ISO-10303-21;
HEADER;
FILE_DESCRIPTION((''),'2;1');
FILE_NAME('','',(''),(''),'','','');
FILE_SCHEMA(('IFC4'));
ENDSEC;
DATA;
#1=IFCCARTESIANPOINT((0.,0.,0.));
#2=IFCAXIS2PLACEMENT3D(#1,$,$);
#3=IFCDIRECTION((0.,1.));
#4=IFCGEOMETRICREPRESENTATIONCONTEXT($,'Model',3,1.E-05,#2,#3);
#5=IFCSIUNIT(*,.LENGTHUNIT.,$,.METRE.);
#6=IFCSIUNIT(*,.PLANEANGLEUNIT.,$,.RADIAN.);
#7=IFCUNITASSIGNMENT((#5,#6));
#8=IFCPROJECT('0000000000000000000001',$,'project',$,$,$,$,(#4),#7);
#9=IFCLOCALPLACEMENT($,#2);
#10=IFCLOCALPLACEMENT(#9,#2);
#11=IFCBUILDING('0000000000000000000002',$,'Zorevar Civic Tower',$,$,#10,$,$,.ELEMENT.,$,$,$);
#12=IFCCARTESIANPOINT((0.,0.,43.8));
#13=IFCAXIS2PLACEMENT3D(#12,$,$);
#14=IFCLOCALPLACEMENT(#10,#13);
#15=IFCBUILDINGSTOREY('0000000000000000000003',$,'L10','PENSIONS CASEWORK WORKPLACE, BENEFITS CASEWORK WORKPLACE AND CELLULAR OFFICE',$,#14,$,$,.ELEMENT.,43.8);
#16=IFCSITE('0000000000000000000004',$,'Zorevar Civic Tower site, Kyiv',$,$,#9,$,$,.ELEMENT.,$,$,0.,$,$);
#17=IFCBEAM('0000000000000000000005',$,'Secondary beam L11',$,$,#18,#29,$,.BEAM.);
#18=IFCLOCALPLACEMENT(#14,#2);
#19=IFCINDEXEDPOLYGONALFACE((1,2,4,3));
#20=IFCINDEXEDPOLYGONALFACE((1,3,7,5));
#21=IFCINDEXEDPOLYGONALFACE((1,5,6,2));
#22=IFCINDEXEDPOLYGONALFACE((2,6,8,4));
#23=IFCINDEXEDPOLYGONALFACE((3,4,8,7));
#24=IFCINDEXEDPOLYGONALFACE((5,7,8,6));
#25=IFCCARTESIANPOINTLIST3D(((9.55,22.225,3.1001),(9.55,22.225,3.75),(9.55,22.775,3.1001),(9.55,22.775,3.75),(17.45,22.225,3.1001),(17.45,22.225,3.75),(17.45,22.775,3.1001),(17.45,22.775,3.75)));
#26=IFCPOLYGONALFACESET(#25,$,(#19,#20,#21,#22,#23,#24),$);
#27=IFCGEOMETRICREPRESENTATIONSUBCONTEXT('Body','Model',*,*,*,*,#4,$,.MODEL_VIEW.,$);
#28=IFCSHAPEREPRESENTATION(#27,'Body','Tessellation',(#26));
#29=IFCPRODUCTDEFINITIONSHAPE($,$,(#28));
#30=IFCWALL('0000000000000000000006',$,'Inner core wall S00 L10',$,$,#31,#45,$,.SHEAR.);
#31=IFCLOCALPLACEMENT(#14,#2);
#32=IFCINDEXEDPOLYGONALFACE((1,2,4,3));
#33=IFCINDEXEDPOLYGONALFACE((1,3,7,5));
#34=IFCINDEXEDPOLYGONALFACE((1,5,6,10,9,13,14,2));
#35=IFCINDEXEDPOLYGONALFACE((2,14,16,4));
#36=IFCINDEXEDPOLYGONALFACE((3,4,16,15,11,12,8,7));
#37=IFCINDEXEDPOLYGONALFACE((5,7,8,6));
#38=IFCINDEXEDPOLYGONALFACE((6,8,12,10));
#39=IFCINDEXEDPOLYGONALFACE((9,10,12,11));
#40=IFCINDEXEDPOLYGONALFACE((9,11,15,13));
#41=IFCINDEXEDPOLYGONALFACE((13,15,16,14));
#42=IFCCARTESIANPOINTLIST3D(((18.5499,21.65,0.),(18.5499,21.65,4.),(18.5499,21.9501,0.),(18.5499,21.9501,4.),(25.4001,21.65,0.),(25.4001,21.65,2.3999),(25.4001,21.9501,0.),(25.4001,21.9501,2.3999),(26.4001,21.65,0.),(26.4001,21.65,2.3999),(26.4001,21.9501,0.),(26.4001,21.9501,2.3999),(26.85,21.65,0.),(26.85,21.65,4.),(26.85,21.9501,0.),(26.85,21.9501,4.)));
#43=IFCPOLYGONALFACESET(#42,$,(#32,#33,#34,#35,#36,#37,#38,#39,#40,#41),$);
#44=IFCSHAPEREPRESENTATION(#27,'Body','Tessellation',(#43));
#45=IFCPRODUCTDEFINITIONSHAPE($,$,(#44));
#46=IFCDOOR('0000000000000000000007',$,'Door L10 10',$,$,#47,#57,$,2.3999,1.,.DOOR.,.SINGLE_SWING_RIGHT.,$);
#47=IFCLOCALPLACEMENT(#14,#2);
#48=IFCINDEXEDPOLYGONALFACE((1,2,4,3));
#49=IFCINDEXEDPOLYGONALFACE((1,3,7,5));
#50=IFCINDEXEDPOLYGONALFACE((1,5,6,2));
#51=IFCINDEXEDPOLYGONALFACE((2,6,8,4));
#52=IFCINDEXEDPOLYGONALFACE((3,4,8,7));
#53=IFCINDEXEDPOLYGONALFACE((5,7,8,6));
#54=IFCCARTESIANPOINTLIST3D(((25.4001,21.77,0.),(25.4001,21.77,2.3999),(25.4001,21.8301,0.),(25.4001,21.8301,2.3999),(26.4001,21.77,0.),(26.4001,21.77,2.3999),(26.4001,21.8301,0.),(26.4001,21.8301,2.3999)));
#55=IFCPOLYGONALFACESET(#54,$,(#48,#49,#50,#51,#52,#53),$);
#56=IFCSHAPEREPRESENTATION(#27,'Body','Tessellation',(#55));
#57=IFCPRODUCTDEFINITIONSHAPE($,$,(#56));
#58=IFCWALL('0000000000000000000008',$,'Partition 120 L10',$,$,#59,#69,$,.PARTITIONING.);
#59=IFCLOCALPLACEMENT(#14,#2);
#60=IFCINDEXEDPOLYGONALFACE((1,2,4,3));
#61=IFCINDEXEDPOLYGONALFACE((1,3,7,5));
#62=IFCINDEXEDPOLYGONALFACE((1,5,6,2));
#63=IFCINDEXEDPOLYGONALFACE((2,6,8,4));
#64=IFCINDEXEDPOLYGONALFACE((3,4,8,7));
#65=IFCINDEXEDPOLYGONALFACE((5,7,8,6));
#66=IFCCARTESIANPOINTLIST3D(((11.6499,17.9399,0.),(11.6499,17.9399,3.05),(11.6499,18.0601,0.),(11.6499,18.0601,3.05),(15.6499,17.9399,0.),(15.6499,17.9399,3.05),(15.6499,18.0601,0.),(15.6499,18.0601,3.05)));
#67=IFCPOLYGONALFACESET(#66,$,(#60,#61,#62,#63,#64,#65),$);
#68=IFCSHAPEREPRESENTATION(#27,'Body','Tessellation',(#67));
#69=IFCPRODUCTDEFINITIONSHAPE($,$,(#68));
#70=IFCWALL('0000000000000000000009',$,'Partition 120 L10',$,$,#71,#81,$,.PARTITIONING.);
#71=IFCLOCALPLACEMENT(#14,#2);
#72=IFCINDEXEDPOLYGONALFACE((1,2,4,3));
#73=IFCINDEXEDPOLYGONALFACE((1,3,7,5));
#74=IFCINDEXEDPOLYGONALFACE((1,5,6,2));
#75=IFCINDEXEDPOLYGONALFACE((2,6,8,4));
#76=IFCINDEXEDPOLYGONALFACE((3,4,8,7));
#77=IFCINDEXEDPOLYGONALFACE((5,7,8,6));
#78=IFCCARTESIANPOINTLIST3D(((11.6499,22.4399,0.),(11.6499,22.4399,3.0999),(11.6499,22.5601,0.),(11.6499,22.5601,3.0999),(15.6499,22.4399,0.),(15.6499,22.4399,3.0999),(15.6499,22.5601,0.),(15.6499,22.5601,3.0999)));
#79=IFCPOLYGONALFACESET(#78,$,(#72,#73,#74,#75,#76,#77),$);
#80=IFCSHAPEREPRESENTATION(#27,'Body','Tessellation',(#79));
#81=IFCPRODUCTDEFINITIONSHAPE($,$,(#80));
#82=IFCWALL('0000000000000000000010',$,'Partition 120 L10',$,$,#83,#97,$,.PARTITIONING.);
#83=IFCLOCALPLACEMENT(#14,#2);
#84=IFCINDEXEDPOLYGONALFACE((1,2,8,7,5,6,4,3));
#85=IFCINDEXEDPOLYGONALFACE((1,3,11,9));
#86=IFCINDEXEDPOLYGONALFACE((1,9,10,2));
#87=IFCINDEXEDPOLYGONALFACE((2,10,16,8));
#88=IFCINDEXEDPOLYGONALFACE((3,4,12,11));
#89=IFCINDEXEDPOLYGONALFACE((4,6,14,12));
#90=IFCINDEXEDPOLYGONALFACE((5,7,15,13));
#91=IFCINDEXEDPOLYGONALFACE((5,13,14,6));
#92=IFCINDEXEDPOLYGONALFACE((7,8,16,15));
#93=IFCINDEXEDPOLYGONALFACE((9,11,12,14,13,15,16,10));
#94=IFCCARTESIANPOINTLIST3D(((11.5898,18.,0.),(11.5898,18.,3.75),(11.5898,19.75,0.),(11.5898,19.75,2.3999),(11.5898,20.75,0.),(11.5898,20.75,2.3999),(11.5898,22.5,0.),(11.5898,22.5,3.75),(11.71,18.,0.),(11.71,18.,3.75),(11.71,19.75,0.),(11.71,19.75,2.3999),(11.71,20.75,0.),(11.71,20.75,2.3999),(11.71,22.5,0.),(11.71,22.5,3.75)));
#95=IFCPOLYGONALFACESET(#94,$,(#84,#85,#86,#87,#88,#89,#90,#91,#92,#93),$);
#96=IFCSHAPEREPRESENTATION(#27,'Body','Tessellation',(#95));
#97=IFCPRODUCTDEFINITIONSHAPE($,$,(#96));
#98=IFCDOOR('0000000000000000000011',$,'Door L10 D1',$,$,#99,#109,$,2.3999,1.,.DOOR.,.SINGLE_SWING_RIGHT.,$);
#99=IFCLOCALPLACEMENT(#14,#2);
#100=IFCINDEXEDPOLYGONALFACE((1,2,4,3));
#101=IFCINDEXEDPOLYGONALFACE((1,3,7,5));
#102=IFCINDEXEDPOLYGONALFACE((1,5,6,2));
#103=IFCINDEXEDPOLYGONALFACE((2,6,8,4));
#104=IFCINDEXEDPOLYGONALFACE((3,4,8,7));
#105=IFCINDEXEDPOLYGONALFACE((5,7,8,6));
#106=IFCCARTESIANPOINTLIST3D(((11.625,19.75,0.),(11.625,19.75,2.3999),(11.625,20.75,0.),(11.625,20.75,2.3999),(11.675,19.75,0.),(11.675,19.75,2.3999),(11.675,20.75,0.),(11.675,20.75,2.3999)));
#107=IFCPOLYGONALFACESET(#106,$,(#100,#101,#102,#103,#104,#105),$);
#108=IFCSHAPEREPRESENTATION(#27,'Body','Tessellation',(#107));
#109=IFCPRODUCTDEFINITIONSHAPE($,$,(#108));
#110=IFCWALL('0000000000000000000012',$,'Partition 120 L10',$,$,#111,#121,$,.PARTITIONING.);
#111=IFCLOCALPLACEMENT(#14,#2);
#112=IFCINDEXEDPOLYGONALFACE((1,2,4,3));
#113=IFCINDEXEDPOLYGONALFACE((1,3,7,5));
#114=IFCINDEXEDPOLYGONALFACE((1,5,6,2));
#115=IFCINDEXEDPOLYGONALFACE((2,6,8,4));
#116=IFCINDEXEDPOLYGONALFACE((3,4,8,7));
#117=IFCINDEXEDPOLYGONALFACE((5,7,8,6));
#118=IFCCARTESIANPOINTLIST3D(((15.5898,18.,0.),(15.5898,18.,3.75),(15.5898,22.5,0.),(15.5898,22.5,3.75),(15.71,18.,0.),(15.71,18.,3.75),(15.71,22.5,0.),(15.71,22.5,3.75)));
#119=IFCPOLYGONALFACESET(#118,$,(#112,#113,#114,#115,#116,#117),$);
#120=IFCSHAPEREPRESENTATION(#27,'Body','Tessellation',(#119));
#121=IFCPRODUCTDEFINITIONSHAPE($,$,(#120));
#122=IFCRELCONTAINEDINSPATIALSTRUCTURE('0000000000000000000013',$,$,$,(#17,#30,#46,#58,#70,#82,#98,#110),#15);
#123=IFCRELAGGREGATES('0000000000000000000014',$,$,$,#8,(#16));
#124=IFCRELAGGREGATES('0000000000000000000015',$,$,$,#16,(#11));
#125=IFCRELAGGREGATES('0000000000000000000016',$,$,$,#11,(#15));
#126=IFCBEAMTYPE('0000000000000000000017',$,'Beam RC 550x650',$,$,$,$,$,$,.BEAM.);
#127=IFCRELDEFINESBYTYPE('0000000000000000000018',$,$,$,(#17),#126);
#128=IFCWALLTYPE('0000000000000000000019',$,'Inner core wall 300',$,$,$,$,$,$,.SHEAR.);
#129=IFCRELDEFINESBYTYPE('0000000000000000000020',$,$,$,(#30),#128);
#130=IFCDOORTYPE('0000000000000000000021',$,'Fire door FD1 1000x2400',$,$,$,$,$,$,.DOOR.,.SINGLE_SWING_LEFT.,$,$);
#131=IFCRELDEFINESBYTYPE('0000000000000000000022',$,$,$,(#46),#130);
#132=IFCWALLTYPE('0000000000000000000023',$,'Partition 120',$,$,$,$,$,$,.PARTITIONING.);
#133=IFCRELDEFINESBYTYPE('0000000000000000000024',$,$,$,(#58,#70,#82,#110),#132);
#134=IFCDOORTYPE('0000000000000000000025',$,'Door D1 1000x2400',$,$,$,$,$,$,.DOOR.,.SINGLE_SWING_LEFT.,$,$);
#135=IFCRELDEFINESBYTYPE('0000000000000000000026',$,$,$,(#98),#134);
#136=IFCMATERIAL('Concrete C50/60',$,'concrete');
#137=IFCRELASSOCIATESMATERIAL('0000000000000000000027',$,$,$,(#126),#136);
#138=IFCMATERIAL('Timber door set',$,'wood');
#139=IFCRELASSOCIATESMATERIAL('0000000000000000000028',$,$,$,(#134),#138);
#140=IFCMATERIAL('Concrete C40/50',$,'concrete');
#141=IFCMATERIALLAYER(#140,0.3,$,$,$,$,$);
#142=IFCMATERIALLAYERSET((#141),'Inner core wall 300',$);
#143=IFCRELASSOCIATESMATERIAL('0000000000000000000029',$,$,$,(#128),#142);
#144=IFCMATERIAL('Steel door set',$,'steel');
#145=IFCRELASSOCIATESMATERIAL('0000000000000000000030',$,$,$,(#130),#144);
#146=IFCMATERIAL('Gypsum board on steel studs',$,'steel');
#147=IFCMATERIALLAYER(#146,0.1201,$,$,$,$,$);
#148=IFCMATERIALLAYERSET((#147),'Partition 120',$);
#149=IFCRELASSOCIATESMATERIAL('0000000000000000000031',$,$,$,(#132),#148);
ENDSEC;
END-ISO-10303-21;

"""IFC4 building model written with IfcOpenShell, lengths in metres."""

from ifc_helpers import new_model, si_unit, direction, frame, frame_2d, origin, origin_2d, place, context, subcontext, project, spatial, rectangle, extrude, material, layer, layer_set, material_profile, profile_set, type_object, element, fill, save


model = new_model("IFC4")

# Units and contexts
model_context = context("Model", 3, precision=1e-05, world=origin(), true_north=direction((0.0, 1.0)))
body_context = subcontext(model_context, "Body", "Model", "MODEL_VIEW")
ifc_project = project(units=[si_unit("LENGTHUNIT", "METRE"), si_unit("PLANEANGLEUNIT", "RADIAN")], contexts=[model_context])

# Site, building, storey
site_placement = place(None, origin())
site = spatial("IfcSite", under=ifc_project, at=site_placement, Name="Zorevar Civic Tower site, Kyiv", CompositionType="ELEMENT", RefElevation=0.0)
building_placement = place(site_placement, origin())
building = spatial("IfcBuilding", under=site, at=building_placement, Name="Zorevar Civic Tower", CompositionType="ELEMENT")
storey_placement = place(building_placement, frame((0.0, 0.0, 43.8)))
storey = spatial("IfcBuildingStorey", under=building, at=storey_placement, Name="L10", Description="PENSIONS CASEWORK WORKPLACE, BENEFITS CASEWORK WORKPLACE AND CELLULAR OFFICE", CompositionType="ELEMENT", Elevation=43.8)

# Beam
ifc_material_1 = material(Name="Concrete C50/60", Category="concrete")
ifc_material_profile = material_profile(ifc_material_1, rectangle(XDim=0.55, YDim=0.6499, at=origin_2d()), Name="RC 550x650")
ifc_profile_set = profile_set([ifc_material_profile], Name="Concrete C50/60")
beam_type = type_object("IfcBeamType", Name="Beam RC 550x650", PredefinedType="BEAM", material=ifc_profile_set)
beam_placement = place(storey_placement, frame((9.55, 22.5, 3.425), z_axis=(1.0, 0.0, 0.0), x_axis=(0.0, 1.0, 0.0)))
element("IfcBeam", 1, at=beam_placement, inside=storey, type_object=beam_type, Name="Secondary beam L11", PredefinedType="BEAM", context=body_context, shape_type="SweptSolid", body=[
    extrude(rectangle(XDim=0.55, YDim=0.6499, at=origin_2d()), origin(), (0.0, 0.0, 1.0), 7.8999),
])

# Shared definitions
ifc_material_2 = material(Name="Timber door set", Category="wood")
door_type_1 = type_object("IfcDoorType", Name="Door D1 1000x2400", OperationType="SINGLE_SWING_LEFT", PredefinedType="DOOR", material=ifc_material_2)

# Wall, opening, door
ifc_material_3 = material(Name="Concrete C40/50", Category="concrete")
ifc_layer_1 = layer(ifc_material_3, 0.3)
ifc_layer_set_1 = layer_set([ifc_layer_1], Name="Inner core wall 300")
wall_type_1 = type_object("IfcWallType", Name="Inner core wall 300", PredefinedType="SHEAR", material=ifc_layer_set_1)
wall_1_placement = place(storey_placement, frame((18.55, 21.8, 0.0), z_axis=(0.0, 0.0, 1.0), x_axis=(1.0, 0.0, 0.0)))
wall_1 = element("IfcWall", 2, at=wall_1_placement, inside=storey, type_object=wall_type_1, Name="Inner core wall S00 L10", PredefinedType="SHEAR", context=body_context, shape_type="SweptSolid", body=[
    extrude(rectangle(XDim=8.3, YDim=0.3, at=frame_2d((4.1499, 0.0))), origin(), (0.0, 0.0, 1.0), 4.0),
])
opening_1_placement = place(wall_1_placement, frame((6.8501, 0.0, 0.0)))
opening_1 = element("IfcOpeningElement", 3, at=opening_1_placement, cuts=wall_1, PredefinedType="OPENING", context=body_context, shape_type="SweptSolid", body=[
    extrude(rectangle(XDim=1.0, YDim=2.3999, at=frame_2d((0.5, 1.2))), frame((0.0, 0.1599, 0.0), z_axis=(0.0, -1.0, 0.0), x_axis=(1.0, 0.0, 0.0)), (0.0, 0.0, 1.0), 0.3201),
])
ifc_material_4 = material(Name="Steel door set", Category="steel")
door_type_2 = type_object("IfcDoorType", Name="Fire door FD1 1000x2400", OperationType="SINGLE_SWING_LEFT", PredefinedType="DOOR", material=ifc_material_4)
door_1_placement = place(opening_1_placement, origin())
door_1 = element("IfcDoor", 4, at=door_1_placement, inside=storey, type_object=door_type_2, Name="Door L10 10", OperationType="SINGLE_SWING_RIGHT", OverallHeight=2.3999, OverallWidth=1.0, PredefinedType="DOOR", context=body_context, shape_type="SweptSolid", body=[
    extrude(rectangle(XDim=1.0, YDim=2.3999, at=frame_2d((0.5, 1.2))), frame((0.0, 0.03, 0.0), z_axis=(0.0, -1.0, 0.0), x_axis=(1.0, 0.0, 0.0)), (0.0, 0.0, 1.0), 0.0601),
])
fill(opening_1, door_1)

# Walls
ifc_material_5 = material(Name="Gypsum board on steel studs", Category="steel")
ifc_layer_2 = layer(ifc_material_5, 0.1201)
ifc_layer_set_2 = layer_set([ifc_layer_2], Name="Partition 120")
wall_type_2 = type_object("IfcWallType", Name="Partition 120", PredefinedType="PARTITIONING", material=ifc_layer_set_2)
wall_2_placement = place(storey_placement, frame((11.6499, 18.0, 0.0), z_axis=(0.0, 0.0, 1.0), x_axis=(1.0, 0.0, 0.0)))
element("IfcWall", 5, at=wall_2_placement, inside=storey, type_object=wall_type_2, Name="Partition 120 L10", PredefinedType="PARTITIONING", context=body_context, shape_type="SweptSolid", body=[
    extrude(rectangle(XDim=4.0, YDim=0.1201, at=frame_2d((2.0, 0.0))), origin(), (0.0, 0.0, 1.0), 3.05),
])
wall_3_placement = place(storey_placement, frame((11.6499, 22.5, 0.0), z_axis=(0.0, 0.0, 1.0), x_axis=(1.0, 0.0, 0.0)))
element("IfcWall", 6, at=wall_3_placement, inside=storey, type_object=wall_type_2, Name="Partition 120 L10", PredefinedType="PARTITIONING", context=body_context, shape_type="SweptSolid", body=[
    extrude(rectangle(XDim=4.0, YDim=0.1201, at=frame_2d((2.0, 0.0))), origin(), (0.0, 0.0, 1.0), 3.0999),
])

# Wall, opening, door
wall_4_placement = place(storey_placement, frame((11.6499, 18.0, 0.0), z_axis=(0.0, 0.0, 1.0), x_axis=(0.0, 1.0, 0.0)))
wall_4 = element("IfcWall", 7, at=wall_4_placement, inside=storey, type_object=wall_type_2, Name="Partition 120 L10", PredefinedType="PARTITIONING", context=body_context, shape_type="SweptSolid", body=[
    extrude(rectangle(XDim=4.5, YDim=0.1201, at=frame_2d((2.25, 0.0))), origin(), (0.0, 0.0, 1.0), 3.75),
])
opening_2_placement = place(wall_4_placement, frame((1.75, 0.0, 0.0)))
opening_2 = element("IfcOpeningElement", 8, at=opening_2_placement, cuts=wall_4, PredefinedType="OPENING", context=body_context, shape_type="SweptSolid", body=[
    extrude(rectangle(XDim=1.0, YDim=2.3999, at=frame_2d((0.5, 1.2))), frame((0.0, 0.0701, 0.0), z_axis=(0.0, -1.0, 0.0), x_axis=(1.0, 0.0, 0.0)), (0.0, 0.0, 1.0), 0.1401),
])
door_2_placement = place(opening_2_placement, origin())
door_2 = element("IfcDoor", 9, at=door_2_placement, inside=storey, type_object=door_type_1, Name="Door L10 D1", OperationType="SINGLE_SWING_RIGHT", OverallHeight=2.3999, OverallWidth=1.0, PredefinedType="DOOR", context=body_context, shape_type="SweptSolid", body=[
    extrude(rectangle(XDim=1.0, YDim=2.3999, at=frame_2d((0.5, 1.2))), frame((0.0, 0.0249, 0.0), z_axis=(0.0, -1.0, 0.0), x_axis=(1.0, 0.0, 0.0)), (0.0, 0.0, 1.0), 0.05),
])
fill(opening_2, door_2)

# Wall
wall_5_placement = place(storey_placement, frame((15.6499, 18.0, 0.0), z_axis=(0.0, 0.0, 1.0), x_axis=(0.0, 1.0, 0.0)))
element("IfcWall", 10, at=wall_5_placement, inside=storey, type_object=wall_type_2, Name="Partition 120 L10", PredefinedType="PARTITIONING", context=body_context, shape_type="SweptSolid", body=[
    extrude(rectangle(XDim=4.5, YDim=0.1201, at=frame_2d((2.25, 0.0))), origin(), (0.0, 0.0, 1.0), 3.75),
])

save(model, "model.ifc")
